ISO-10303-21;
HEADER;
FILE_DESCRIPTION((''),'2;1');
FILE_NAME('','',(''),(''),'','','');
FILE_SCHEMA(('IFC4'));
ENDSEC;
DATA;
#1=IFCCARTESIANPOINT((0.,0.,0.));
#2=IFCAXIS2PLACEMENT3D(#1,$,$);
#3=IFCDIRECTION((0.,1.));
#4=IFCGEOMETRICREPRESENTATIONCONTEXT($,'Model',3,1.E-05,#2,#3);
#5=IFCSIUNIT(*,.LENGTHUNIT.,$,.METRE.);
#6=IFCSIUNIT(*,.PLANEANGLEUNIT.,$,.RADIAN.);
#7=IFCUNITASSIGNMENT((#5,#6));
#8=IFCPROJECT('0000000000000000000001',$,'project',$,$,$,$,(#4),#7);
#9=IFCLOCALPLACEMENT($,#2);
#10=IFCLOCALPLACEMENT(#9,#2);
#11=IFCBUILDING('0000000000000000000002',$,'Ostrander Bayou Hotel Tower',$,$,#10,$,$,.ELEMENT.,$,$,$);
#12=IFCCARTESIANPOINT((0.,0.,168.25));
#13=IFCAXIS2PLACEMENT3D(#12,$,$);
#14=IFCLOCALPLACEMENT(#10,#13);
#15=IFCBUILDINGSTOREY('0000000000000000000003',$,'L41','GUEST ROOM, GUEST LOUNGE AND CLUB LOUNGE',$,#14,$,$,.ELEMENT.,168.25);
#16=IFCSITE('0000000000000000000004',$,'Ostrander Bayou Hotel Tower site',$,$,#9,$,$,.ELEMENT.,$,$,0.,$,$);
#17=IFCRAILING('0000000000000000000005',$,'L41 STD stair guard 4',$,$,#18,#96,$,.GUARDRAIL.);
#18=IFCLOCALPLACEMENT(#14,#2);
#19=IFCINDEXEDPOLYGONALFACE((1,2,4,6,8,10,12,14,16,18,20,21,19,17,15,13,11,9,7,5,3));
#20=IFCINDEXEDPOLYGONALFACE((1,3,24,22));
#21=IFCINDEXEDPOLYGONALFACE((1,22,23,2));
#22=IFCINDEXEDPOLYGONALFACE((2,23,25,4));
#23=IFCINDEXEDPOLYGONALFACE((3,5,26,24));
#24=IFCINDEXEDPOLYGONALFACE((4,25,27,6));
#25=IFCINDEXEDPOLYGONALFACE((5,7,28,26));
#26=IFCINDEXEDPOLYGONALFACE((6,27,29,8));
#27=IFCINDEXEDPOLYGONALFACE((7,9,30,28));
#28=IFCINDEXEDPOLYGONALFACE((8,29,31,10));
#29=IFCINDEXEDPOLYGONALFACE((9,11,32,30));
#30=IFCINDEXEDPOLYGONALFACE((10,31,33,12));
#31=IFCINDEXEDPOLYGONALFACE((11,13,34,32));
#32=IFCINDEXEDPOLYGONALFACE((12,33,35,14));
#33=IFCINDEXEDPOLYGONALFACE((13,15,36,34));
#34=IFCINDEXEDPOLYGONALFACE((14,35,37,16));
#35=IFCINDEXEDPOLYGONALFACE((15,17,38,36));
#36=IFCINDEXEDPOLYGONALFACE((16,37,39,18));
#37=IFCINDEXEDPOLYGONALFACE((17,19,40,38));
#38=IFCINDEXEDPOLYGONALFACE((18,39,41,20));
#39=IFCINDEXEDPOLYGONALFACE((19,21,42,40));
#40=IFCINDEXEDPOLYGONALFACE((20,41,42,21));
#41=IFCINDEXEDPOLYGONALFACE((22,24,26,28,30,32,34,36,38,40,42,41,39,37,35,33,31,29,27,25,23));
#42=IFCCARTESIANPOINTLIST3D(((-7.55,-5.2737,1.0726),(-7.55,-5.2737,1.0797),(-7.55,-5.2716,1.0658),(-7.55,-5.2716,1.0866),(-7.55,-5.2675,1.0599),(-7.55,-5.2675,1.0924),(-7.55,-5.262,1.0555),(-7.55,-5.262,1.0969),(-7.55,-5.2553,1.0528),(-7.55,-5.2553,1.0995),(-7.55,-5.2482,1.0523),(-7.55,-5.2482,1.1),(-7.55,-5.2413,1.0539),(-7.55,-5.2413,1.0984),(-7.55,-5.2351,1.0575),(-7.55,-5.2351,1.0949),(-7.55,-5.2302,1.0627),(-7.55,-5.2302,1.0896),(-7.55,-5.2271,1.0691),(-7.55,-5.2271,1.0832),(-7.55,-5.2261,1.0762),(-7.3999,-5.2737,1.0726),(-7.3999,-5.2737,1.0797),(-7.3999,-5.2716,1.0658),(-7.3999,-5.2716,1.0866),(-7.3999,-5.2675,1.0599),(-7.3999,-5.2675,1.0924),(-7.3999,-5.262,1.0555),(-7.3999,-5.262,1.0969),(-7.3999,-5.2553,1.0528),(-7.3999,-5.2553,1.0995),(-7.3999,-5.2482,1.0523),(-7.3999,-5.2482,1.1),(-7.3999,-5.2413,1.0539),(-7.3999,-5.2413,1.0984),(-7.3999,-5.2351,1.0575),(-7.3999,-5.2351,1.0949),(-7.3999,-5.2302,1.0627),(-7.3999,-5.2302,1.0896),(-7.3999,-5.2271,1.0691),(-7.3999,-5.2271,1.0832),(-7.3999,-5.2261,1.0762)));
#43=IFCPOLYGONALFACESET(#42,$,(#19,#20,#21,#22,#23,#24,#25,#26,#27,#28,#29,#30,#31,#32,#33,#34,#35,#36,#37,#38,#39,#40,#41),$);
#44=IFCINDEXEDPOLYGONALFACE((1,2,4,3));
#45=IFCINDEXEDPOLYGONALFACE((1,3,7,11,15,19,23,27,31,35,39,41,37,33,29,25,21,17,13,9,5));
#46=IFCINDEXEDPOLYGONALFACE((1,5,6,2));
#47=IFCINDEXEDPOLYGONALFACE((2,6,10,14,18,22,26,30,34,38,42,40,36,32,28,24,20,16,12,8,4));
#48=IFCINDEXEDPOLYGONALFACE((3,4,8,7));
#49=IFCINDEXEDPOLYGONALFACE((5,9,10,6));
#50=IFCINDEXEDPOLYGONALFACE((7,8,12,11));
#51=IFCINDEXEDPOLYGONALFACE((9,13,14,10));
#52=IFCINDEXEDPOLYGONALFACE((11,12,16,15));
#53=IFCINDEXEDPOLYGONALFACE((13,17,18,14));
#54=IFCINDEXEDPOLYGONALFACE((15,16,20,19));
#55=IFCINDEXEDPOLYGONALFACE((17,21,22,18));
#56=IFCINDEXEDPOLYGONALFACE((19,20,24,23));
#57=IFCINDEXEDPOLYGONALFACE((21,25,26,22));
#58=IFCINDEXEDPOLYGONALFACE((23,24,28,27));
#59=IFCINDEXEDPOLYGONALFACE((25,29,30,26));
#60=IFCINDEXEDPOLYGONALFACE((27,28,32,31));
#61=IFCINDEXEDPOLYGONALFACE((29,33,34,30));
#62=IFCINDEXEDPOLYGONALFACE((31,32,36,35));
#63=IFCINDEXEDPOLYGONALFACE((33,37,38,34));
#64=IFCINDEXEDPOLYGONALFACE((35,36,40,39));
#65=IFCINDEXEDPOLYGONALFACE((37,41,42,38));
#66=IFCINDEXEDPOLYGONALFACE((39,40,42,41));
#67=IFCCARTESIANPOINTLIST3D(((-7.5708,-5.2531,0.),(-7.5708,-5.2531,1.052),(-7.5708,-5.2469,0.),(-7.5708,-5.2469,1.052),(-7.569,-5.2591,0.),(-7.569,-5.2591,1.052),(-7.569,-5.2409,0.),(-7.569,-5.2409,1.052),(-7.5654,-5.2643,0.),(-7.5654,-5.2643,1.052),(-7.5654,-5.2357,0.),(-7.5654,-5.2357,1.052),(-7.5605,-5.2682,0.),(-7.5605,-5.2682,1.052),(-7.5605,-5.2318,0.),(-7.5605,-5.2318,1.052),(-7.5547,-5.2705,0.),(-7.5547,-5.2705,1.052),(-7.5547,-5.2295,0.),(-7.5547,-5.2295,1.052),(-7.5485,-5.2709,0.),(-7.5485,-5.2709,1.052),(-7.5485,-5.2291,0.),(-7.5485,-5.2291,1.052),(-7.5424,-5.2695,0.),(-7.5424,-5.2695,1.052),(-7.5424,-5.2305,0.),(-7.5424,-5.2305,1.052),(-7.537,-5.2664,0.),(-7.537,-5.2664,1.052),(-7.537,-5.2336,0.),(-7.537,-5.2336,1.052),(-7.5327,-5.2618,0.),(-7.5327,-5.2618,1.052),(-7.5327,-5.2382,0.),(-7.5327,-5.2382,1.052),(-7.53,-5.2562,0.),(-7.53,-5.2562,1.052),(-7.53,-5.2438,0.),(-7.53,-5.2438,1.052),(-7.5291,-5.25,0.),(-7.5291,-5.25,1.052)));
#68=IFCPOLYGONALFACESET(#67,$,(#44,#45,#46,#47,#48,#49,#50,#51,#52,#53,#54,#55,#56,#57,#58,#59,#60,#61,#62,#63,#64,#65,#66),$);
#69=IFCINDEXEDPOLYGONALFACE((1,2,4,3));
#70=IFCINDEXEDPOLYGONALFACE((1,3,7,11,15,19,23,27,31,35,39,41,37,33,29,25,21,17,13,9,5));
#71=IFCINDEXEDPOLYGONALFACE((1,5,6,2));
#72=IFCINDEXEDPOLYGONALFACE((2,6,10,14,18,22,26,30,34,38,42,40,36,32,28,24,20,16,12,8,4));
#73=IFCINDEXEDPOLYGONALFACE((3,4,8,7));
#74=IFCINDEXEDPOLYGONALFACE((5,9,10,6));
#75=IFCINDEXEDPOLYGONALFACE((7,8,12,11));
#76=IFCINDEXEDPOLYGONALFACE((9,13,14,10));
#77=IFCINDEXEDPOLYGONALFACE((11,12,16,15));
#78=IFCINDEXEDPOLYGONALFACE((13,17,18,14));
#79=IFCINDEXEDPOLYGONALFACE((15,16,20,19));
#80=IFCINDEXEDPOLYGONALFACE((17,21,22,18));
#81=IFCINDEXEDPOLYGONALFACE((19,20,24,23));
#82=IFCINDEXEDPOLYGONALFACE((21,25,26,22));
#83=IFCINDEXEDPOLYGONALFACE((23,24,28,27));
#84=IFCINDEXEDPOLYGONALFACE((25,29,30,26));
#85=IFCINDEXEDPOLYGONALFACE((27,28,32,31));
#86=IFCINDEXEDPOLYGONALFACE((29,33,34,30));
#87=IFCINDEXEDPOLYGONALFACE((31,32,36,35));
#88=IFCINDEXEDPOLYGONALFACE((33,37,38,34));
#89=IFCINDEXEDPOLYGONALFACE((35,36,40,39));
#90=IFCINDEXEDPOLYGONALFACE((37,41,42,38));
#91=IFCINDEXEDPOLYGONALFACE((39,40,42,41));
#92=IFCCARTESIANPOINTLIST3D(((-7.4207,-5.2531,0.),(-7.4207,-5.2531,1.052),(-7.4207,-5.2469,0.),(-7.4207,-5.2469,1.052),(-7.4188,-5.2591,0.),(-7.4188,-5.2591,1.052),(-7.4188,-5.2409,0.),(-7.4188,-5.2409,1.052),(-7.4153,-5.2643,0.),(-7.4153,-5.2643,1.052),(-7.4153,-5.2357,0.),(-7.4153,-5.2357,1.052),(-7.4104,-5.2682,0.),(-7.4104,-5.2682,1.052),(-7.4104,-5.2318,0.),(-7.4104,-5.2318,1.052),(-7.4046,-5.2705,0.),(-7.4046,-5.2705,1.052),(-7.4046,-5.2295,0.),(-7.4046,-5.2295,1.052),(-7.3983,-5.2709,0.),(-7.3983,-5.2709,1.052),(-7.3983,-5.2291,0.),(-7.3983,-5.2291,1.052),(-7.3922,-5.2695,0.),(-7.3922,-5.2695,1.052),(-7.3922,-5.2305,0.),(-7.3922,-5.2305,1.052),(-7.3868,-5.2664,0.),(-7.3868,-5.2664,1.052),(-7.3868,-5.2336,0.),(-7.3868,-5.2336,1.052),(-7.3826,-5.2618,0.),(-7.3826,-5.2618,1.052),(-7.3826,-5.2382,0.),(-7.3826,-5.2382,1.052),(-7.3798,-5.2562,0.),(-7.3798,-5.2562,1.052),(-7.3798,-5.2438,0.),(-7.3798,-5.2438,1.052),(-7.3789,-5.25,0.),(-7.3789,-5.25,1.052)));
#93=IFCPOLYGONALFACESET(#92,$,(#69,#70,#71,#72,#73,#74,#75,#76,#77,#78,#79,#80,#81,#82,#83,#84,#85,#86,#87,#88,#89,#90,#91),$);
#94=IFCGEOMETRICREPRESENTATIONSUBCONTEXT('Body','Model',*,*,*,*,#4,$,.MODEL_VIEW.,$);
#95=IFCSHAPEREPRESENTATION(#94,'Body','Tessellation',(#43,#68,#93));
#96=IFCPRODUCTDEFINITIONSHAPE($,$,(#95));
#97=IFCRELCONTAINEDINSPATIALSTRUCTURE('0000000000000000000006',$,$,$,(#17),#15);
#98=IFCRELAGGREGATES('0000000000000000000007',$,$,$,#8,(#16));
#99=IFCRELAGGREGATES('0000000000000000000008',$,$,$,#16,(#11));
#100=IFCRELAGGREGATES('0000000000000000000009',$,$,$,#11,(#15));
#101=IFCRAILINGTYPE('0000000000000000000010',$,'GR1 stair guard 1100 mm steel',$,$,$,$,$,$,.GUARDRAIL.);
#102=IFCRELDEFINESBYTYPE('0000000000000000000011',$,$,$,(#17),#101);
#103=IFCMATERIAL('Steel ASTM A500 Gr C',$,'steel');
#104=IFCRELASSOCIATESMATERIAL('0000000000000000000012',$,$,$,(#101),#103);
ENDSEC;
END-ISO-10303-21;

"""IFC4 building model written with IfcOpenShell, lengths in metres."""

from ifc_helpers import new_model, si_unit, direction, frame, origin, origin_2d, place, context, subcontext, project, spatial, circle, extrude, material, type_object, element, save


model = new_model("IFC4")

# Units and contexts
model_context = context("Model", 3, precision=1e-05, world=origin(), true_north=direction((0.0, 1.0)))
body_context = subcontext(model_context, "Body", "Model", "MODEL_VIEW")
ifc_project = project(units=[si_unit("LENGTHUNIT", "METRE"), si_unit("PLANEANGLEUNIT", "RADIAN")], contexts=[model_context])

# Site, building, storey
site_placement = place(None, origin())
site = spatial("IfcSite", under=ifc_project, at=site_placement, Name="Ostrander Bayou Hotel Tower site", CompositionType="ELEMENT", RefElevation=0.0)
building_placement = place(site_placement, origin())
building = spatial("IfcBuilding", under=site, at=building_placement, Name="Ostrander Bayou Hotel Tower", CompositionType="ELEMENT")
storey_placement = place(building_placement, frame((0.0, 0.0, 168.25)))
storey = spatial("IfcBuildingStorey", under=building, at=storey_placement, Name="L41", Description="GUEST ROOM, GUEST LOUNGE AND CLUB LOUNGE", CompositionType="ELEMENT", Elevation=168.25)

# Railing
ifc_material_1 = material(Name="Steel ASTM A500 Gr C", Category="steel")
railing_type_1 = type_object("IfcRailingType", Name="GR1 stair guard 1100 mm steel", PredefinedType="GUARDRAIL", material=ifc_material_1)
railing_1_placement = place(storey_placement, frame((-7.55, -5.25, 0.0)))
element("IfcRailing", 1, at=railing_1_placement, inside=storey, type_object=railing_type_1, Name="L41 STD stair guard 4", PredefinedType="GUARDRAIL", context=body_context, shape_type="SweptSolid", body=[
    extrude(circle(Radius=0.0239, at=origin_2d()), frame((0.0, 0.0, 1.0762), z_axis=(1.0, 0.0, 0.0), x_axis=(0.0, 1.0, 0.0)), (0.0, 0.0, 1.0), 0.1501),
    extrude(circle(Radius=0.021, at=origin_2d()), origin(), (0.0, 0.0, 1.0), 1.052),
    extrude(circle(Radius=0.021, at=origin_2d()), frame((0.1501, 0.0, 0.0)), (0.0, 0.0, 1.0), 1.052),
])

save(model, "model.ifc")
